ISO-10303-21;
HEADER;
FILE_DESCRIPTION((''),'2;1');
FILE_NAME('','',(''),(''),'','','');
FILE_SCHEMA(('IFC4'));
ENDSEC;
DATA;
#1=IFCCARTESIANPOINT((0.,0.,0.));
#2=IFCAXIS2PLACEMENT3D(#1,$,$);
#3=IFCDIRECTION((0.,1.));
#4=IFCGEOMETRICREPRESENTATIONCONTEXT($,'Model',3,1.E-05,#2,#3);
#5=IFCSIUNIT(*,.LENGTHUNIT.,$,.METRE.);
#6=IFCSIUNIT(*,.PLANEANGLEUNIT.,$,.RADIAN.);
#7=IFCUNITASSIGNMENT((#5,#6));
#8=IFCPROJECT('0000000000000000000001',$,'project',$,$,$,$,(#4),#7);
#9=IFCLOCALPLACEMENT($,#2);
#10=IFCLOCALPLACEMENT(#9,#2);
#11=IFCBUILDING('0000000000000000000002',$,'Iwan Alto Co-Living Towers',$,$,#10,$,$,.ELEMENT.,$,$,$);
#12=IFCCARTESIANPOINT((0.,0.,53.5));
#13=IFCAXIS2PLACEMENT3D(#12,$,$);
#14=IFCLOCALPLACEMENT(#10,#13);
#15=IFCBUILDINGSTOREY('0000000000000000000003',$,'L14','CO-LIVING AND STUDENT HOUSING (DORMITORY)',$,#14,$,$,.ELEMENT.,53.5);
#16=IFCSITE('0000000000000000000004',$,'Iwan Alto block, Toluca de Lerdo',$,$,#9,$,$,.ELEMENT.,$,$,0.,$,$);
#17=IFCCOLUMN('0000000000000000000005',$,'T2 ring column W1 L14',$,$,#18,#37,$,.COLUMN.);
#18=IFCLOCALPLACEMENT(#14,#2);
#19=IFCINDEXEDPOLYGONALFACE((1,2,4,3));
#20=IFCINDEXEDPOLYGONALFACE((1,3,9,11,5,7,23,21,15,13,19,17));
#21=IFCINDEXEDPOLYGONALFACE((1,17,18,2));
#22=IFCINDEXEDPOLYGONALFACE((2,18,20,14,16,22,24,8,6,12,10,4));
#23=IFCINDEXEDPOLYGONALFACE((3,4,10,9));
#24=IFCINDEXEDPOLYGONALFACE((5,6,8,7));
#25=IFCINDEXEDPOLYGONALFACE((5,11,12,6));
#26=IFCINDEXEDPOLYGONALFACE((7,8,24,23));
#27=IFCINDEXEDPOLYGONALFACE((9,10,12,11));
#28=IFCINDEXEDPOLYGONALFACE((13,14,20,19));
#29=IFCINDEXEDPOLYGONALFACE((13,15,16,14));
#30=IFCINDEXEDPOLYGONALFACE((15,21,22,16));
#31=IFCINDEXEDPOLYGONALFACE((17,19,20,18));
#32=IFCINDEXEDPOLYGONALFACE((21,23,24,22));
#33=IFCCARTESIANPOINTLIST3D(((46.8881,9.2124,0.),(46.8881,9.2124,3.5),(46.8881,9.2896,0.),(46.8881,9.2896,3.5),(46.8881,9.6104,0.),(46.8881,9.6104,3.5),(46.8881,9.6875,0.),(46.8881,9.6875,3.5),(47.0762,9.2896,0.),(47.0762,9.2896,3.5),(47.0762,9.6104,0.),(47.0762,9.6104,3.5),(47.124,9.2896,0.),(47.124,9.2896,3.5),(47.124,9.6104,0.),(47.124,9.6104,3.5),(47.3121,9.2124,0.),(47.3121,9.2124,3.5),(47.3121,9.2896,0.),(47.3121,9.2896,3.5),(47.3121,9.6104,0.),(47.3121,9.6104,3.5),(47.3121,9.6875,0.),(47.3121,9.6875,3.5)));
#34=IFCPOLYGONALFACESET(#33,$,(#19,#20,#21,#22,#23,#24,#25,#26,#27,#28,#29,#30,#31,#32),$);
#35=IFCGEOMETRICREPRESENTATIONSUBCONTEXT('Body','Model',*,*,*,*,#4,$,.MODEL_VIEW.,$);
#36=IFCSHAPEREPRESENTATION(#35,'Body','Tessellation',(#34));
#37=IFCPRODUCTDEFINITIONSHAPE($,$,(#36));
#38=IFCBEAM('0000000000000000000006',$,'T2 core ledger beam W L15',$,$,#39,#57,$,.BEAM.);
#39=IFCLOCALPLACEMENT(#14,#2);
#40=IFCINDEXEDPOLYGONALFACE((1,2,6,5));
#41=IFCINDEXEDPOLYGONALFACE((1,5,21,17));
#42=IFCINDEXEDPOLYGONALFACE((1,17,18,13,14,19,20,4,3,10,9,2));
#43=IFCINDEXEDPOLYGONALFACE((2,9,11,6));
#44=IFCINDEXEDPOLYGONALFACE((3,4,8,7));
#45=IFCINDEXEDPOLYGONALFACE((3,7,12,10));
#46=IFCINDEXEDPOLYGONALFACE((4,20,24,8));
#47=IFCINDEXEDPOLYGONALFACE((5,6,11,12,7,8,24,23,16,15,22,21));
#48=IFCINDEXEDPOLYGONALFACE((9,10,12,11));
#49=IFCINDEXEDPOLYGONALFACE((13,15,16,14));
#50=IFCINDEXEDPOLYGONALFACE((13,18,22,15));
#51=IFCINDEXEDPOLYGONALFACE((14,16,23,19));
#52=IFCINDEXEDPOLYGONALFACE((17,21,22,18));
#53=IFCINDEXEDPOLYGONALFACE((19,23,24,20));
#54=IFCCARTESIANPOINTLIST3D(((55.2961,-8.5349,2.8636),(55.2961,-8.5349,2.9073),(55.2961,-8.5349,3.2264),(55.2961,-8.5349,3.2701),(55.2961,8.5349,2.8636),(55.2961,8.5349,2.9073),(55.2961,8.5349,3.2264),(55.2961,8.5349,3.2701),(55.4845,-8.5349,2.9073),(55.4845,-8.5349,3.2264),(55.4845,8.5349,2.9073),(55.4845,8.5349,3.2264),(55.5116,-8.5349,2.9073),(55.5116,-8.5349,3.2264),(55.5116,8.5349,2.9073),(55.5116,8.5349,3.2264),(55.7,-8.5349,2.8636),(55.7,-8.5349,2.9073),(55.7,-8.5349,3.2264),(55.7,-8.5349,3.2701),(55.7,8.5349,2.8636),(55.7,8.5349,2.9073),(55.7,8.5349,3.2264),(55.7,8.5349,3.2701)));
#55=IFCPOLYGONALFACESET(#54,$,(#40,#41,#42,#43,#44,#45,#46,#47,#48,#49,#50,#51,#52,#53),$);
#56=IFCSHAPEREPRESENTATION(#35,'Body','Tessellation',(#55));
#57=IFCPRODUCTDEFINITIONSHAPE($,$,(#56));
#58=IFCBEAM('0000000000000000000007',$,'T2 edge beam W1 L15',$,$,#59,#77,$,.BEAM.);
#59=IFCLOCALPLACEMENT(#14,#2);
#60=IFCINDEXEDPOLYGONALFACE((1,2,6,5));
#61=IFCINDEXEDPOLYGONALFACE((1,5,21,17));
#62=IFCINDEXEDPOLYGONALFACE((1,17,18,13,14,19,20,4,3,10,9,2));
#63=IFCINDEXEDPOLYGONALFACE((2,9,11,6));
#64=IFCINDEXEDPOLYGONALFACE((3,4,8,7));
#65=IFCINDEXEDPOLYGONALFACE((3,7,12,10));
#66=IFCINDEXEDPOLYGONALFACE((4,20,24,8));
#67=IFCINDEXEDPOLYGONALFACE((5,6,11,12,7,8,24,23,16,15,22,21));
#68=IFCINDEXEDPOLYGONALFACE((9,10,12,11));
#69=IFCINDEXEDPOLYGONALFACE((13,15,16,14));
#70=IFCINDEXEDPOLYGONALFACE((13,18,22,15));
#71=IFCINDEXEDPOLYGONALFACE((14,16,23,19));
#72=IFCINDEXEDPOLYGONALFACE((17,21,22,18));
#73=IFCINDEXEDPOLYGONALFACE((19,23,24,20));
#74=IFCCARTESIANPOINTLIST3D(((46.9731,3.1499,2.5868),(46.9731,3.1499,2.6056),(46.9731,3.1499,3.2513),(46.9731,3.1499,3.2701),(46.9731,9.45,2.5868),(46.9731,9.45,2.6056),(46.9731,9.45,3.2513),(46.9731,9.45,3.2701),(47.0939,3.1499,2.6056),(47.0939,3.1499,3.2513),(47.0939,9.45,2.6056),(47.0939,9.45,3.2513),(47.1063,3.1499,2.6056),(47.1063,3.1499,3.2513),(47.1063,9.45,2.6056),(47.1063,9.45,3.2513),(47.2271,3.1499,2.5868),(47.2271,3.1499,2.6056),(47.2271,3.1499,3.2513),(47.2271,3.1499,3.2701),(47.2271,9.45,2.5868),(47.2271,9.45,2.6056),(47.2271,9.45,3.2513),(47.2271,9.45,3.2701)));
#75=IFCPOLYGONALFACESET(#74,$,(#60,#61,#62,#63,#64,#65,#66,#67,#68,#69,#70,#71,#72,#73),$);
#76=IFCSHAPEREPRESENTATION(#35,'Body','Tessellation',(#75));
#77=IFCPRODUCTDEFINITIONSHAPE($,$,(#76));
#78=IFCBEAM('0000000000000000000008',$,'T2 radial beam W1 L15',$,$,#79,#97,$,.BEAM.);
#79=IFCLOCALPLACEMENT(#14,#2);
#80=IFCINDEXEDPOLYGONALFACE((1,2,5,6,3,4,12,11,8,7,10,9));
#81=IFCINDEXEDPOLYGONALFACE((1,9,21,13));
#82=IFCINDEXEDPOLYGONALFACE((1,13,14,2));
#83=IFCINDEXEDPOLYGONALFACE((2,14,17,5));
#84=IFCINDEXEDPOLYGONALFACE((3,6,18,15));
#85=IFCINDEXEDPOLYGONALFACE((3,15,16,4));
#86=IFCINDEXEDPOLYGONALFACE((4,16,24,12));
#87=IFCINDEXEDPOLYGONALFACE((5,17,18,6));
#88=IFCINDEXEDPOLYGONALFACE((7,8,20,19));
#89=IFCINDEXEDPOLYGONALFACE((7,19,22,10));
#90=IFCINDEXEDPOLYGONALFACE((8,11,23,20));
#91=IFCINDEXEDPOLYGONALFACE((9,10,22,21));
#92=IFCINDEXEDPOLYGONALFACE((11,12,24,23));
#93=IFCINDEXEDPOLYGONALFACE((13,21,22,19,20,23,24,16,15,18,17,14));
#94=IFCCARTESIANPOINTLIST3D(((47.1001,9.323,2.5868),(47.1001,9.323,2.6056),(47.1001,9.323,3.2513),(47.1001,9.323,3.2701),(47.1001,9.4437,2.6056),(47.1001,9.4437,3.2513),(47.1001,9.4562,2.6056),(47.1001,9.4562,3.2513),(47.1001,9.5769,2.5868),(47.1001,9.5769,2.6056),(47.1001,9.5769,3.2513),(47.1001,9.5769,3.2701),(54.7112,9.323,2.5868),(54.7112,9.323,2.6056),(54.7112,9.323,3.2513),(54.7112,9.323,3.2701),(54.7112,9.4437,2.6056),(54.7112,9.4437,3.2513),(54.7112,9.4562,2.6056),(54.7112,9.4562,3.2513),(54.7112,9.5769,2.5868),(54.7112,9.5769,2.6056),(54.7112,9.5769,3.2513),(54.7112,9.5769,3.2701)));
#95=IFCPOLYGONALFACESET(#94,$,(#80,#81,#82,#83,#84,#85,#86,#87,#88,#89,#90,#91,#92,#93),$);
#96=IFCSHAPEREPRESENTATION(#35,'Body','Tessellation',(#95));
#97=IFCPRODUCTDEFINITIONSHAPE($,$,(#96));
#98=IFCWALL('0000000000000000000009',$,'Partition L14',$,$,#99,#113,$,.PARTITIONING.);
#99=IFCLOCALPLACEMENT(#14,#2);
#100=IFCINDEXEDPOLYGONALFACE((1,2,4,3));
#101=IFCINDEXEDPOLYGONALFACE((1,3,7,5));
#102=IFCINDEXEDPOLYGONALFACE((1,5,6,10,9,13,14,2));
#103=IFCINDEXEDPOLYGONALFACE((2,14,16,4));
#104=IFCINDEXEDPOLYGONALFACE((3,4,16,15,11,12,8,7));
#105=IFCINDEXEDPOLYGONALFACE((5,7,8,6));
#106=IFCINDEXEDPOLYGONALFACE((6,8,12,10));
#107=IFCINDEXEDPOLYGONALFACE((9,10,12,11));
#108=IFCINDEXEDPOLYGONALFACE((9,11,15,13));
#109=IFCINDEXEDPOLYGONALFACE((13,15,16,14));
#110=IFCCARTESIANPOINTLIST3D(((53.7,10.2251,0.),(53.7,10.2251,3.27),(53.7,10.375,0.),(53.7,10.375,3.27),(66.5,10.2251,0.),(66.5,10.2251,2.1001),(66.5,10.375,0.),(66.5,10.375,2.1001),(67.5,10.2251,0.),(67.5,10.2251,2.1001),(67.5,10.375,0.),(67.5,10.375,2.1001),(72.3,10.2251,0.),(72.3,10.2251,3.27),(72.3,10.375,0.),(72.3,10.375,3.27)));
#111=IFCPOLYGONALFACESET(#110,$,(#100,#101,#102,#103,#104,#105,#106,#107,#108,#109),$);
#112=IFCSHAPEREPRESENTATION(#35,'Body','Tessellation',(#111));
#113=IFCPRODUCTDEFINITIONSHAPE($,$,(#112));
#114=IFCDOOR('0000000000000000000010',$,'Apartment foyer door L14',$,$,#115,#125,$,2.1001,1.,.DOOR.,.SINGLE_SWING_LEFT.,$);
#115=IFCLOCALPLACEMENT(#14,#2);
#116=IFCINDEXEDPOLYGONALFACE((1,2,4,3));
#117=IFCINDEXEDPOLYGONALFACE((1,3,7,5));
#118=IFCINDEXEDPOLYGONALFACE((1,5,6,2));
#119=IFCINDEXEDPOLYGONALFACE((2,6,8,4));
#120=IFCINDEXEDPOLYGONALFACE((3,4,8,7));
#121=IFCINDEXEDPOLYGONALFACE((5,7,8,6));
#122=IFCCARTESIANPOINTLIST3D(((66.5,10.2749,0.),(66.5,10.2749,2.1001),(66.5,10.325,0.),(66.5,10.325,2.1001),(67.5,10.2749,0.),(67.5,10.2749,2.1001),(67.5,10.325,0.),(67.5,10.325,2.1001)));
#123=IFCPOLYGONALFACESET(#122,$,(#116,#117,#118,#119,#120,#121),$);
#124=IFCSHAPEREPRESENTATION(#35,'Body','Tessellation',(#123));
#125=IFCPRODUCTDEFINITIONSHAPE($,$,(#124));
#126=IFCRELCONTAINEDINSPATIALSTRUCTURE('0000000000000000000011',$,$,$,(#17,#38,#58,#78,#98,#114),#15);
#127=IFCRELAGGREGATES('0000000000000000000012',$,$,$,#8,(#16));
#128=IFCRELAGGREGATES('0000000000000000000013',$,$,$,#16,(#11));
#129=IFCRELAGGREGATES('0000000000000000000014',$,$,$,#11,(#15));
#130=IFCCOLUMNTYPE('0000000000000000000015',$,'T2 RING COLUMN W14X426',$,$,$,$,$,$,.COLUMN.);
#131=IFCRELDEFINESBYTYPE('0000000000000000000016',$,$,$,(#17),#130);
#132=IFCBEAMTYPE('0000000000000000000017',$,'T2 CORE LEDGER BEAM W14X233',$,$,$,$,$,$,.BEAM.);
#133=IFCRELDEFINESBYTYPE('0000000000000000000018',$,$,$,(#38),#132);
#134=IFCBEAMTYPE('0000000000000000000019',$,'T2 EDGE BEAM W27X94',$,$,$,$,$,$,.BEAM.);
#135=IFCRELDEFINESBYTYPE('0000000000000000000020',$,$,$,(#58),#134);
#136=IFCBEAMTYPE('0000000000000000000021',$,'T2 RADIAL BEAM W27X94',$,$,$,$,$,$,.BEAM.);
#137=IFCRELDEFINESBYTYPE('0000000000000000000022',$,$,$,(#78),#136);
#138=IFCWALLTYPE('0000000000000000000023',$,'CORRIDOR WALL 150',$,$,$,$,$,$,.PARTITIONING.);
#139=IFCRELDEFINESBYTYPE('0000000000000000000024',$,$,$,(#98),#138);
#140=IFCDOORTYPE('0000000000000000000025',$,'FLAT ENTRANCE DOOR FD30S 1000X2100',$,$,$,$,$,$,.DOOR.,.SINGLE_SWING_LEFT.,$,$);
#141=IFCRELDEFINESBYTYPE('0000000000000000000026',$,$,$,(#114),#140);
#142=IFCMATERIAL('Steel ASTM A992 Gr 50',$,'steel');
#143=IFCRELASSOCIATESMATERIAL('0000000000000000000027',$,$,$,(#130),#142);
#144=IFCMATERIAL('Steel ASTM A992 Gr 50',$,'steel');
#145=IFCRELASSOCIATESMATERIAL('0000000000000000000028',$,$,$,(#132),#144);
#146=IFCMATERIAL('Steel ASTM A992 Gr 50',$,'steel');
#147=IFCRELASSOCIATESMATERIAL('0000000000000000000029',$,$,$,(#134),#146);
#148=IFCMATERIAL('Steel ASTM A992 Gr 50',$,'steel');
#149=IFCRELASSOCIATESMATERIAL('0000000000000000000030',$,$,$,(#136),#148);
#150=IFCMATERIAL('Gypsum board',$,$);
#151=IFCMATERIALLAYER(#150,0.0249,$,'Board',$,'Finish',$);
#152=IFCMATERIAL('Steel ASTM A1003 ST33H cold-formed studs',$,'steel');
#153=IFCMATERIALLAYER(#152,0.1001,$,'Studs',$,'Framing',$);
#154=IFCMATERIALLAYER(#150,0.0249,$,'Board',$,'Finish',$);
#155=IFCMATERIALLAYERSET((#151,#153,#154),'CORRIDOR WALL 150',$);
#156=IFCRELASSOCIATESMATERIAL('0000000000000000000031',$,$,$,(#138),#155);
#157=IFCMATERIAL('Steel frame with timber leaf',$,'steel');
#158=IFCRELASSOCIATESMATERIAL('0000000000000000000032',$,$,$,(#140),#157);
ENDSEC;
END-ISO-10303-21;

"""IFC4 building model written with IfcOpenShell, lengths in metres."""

from ifc_helpers import new_model, si_unit, direction, frame, frame_2d, origin, origin_2d, place, context, subcontext, project, spatial, rectangle, i_section, extrude, material, layer, layer_set, material_profile, profile_set, type_object, element, fill, save


model = new_model("IFC4")

# Units and contexts
model_context = context("Model", 3, precision=1e-05, world=origin(), true_north=direction((0.0, 1.0)))
body_context = subcontext(model_context, "Body", "Model", "MODEL_VIEW")
ifc_project = project(units=[si_unit("LENGTHUNIT", "METRE"), si_unit("PLANEANGLEUNIT", "RADIAN")], contexts=[model_context])

# Site, building, storey
site_placement = place(None, origin())
site = spatial("IfcSite", under=ifc_project, at=site_placement, Name="Iwan Alto block, Toluca de Lerdo", CompositionType="ELEMENT", RefElevation=0.0)
building_placement = place(site_placement, origin())
building = spatial("IfcBuilding", under=site, at=building_placement, Name="Iwan Alto Co-Living Towers", CompositionType="ELEMENT")
storey_placement = place(building_placement, frame((0.0, 0.0, 53.5)))
storey = spatial("IfcBuildingStorey", under=building, at=storey_placement, Name="L14", Description="CO-LIVING AND STUDENT HOUSING (DORMITORY)", CompositionType="ELEMENT", Elevation=53.5)

# Column
ifc_material_1 = material(Name="Steel ASTM A992 Gr 50", Category="steel")
ifc_material_profile_1 = material_profile(ifc_material_1, i_section(OverallWidth=0.4241, OverallDepth=0.4751, WebThickness=0.0479, FlangeThickness=0.0771, at=origin_2d()), Name="W14X426")
ifc_profile_set_1 = profile_set([ifc_material_profile_1], Name="Steel ASTM A992 Gr 50")
column_type = type_object("IfcColumnType", Name="T2 RING COLUMN W14X426", PredefinedType="COLUMN", material=ifc_profile_set_1)
column_placement = place(storey_placement, frame((47.1001, 9.45, 0.0), z_axis=(0.0, 0.0, 1.0), x_axis=(1.0, 0.0, 0.0)))
element("IfcColumn", 1, at=column_placement, inside=storey, type_object=column_type, Name="T2 ring column W1 L14", PredefinedType="COLUMN", context=body_context, shape_type="SweptSolid", body=[
    extrude(i_section(OverallWidth=0.4241, OverallDepth=0.4751, WebThickness=0.0479, FlangeThickness=0.0771, at=origin_2d()), origin(), (0.0, 0.0, 1.0), 3.5),
])

# Beams
ifc_material_2 = material(Name="Steel ASTM A992 Gr 50", Category="steel")
ifc_material_profile_2 = material_profile(ifc_material_2, i_section(OverallWidth=0.4038, OverallDepth=0.4065, WebThickness=0.0271, FlangeThickness=0.0437, at=origin_2d()), Name="W14X233")
ifc_profile_set_2 = profile_set([ifc_material_profile_2], Name="Steel ASTM A992 Gr 50")
beam_type_1 = type_object("IfcBeamType", Name="T2 CORE LEDGER BEAM W14X233", PredefinedType="BEAM", material=ifc_profile_set_2)
beam_1_placement = place(storey_placement, frame((55.498, 8.5349, 3.0669), z_axis=(0.0, -1.0, 0.0), x_axis=(1.0, 0.0, 0.0)))
element("IfcBeam", 2, at=beam_1_placement, inside=storey, type_object=beam_type_1, Name="T2 core ledger beam W L15", PredefinedType="BEAM", context=body_context, shape_type="SweptSolid", body=[
    extrude(i_section(OverallWidth=0.4038, OverallDepth=0.4065, WebThickness=0.0271, FlangeThickness=0.0437, at=origin_2d()), origin(), (0.0, 0.0, 1.0), 17.0698),
])
ifc_material_3 = material(Name="Steel ASTM A992 Gr 50", Category="steel")
ifc_material_profile_3 = material_profile(ifc_material_3, i_section(OverallWidth=0.2539, OverallDepth=0.6833, WebThickness=0.0125, FlangeThickness=0.0188, at=origin_2d()), Name="W27X94")
ifc_profile_set_3 = profile_set([ifc_material_profile_3], Name="Steel ASTM A992 Gr 50")
beam_type_2 = type_object("IfcBeamType", Name="T2 EDGE BEAM W27X94", PredefinedType="BEAM", material=ifc_profile_set_3)
beam_2_placement = place(storey_placement, frame((47.1001, 9.45, 2.9285), z_axis=(0.0, -1.0, 0.0), x_axis=(1.0, 0.0, 0.0)))
element("IfcBeam", 3, at=beam_2_placement, inside=storey, type_object=beam_type_2, Name="T2 edge beam W1 L15", PredefinedType="BEAM", context=body_context, shape_type="SweptSolid", body=[
    extrude(i_section(OverallWidth=0.2539, OverallDepth=0.6833, WebThickness=0.0125, FlangeThickness=0.0188, at=origin_2d()), origin(), (0.0, 0.0, 1.0), 6.3),
])
ifc_material_4 = material(Name="Steel ASTM A992 Gr 50", Category="steel")
ifc_material_profile_4 = material_profile(ifc_material_4, i_section(OverallWidth=0.2539, OverallDepth=0.6833, WebThickness=0.0125, FlangeThickness=0.0188, at=origin_2d()), Name="W27X94")
ifc_profile_set_4 = profile_set([ifc_material_profile_4], Name="Steel ASTM A992 Gr 50")
beam_type_3 = type_object("IfcBeamType", Name="T2 RADIAL BEAM W27X94", PredefinedType="BEAM", material=ifc_profile_set_4)
beam_3_placement = place(storey_placement, frame((47.1001, 9.45, 2.9285), z_axis=(1.0, 0.0, 0.0), x_axis=(0.0, 1.0, 0.0)))
element("IfcBeam", 4, at=beam_3_placement, inside=storey, type_object=beam_type_3, Name="T2 radial beam W1 L15", PredefinedType="BEAM", context=body_context, shape_type="SweptSolid", body=[
    extrude(i_section(OverallWidth=0.2539, OverallDepth=0.6833, WebThickness=0.0125, FlangeThickness=0.0188, at=origin_2d()), origin(), (0.0, 0.0, 1.0), 7.6111),
])

# Wall, opening, door
ifc_material_5 = material(Name="Gypsum board")
ifc_layer_1 = layer(ifc_material_5, 0.0249, Name="Board", Category="Finish")
ifc_material_6 = material(Name="Steel ASTM A1003 ST33H cold-formed studs", Category="steel")
ifc_layer_2 = layer(ifc_material_6, 0.1001, Name="Studs", Category="Framing")
ifc_layer_3 = layer(ifc_material_5, 0.0249, Name="Board", Category="Finish")
ifc_layer_set_1 = layer_set([ifc_layer_1, ifc_layer_2, ifc_layer_3], Name="CORRIDOR WALL 150")
wall_type_1 = type_object("IfcWallType", Name="CORRIDOR WALL 150", PredefinedType="PARTITIONING", material=ifc_layer_set_1)
wall_1_placement = place(storey_placement, frame((53.7, 10.3, 0.0), z_axis=(0.0, 0.0, 1.0), x_axis=(1.0, 0.0, 0.0)))
wall_1 = element("IfcWall", 5, at=wall_1_placement, inside=storey, type_object=wall_type_1, Name="Partition L14", PredefinedType="PARTITIONING", context=body_context, shape_type="SweptSolid", body=[
    extrude(rectangle(XDim=18.6001, YDim=0.1499, at=frame_2d((9.3, 0.0))), origin(), (0.0, 0.0, 1.0), 3.27),
])
opening_1_placement = place(wall_1_placement, frame((12.8, 0.0, 0.0)))
opening_1 = element("IfcOpeningElement", 6, at=opening_1_placement, cuts=wall_1, PredefinedType="OPENING", context=body_context, shape_type="SweptSolid", body=[
    extrude(rectangle(XDim=1.0, YDim=2.1001, at=frame_2d((0.5, 1.05))), frame((0.0, 0.085, 0.0), z_axis=(0.0, -1.0, 0.0), x_axis=(1.0, 0.0, 0.0)), (0.0, 0.0, 1.0), 0.1699),
])
ifc_material_7 = material(Name="Steel frame with timber leaf", Category="steel")
door_type_1 = type_object("IfcDoorType", Name="FLAT ENTRANCE DOOR FD30S 1000X2100", OperationType="SINGLE_SWING_LEFT", PredefinedType="DOOR", material=ifc_material_7)
door_1_placement = place(opening_1_placement, origin())
door_1 = element("IfcDoor", 7, at=door_1_placement, inside=storey, type_object=door_type_1, Name="Apartment foyer door L14", OperationType="SINGLE_SWING_LEFT", OverallHeight=2.1001, OverallWidth=1.0, PredefinedType="DOOR", context=body_context, shape_type="SweptSolid", body=[
    extrude(rectangle(XDim=1.0, YDim=2.1001, at=frame_2d((0.5, 1.05))), frame((0.0, 0.0249, 0.0), z_axis=(0.0, -1.0, 0.0), x_axis=(1.0, 0.0, 0.0)), (0.0, 0.0, 1.0), 0.05),
])
fill(opening_1, door_1)

save(model, "model.ifc")
